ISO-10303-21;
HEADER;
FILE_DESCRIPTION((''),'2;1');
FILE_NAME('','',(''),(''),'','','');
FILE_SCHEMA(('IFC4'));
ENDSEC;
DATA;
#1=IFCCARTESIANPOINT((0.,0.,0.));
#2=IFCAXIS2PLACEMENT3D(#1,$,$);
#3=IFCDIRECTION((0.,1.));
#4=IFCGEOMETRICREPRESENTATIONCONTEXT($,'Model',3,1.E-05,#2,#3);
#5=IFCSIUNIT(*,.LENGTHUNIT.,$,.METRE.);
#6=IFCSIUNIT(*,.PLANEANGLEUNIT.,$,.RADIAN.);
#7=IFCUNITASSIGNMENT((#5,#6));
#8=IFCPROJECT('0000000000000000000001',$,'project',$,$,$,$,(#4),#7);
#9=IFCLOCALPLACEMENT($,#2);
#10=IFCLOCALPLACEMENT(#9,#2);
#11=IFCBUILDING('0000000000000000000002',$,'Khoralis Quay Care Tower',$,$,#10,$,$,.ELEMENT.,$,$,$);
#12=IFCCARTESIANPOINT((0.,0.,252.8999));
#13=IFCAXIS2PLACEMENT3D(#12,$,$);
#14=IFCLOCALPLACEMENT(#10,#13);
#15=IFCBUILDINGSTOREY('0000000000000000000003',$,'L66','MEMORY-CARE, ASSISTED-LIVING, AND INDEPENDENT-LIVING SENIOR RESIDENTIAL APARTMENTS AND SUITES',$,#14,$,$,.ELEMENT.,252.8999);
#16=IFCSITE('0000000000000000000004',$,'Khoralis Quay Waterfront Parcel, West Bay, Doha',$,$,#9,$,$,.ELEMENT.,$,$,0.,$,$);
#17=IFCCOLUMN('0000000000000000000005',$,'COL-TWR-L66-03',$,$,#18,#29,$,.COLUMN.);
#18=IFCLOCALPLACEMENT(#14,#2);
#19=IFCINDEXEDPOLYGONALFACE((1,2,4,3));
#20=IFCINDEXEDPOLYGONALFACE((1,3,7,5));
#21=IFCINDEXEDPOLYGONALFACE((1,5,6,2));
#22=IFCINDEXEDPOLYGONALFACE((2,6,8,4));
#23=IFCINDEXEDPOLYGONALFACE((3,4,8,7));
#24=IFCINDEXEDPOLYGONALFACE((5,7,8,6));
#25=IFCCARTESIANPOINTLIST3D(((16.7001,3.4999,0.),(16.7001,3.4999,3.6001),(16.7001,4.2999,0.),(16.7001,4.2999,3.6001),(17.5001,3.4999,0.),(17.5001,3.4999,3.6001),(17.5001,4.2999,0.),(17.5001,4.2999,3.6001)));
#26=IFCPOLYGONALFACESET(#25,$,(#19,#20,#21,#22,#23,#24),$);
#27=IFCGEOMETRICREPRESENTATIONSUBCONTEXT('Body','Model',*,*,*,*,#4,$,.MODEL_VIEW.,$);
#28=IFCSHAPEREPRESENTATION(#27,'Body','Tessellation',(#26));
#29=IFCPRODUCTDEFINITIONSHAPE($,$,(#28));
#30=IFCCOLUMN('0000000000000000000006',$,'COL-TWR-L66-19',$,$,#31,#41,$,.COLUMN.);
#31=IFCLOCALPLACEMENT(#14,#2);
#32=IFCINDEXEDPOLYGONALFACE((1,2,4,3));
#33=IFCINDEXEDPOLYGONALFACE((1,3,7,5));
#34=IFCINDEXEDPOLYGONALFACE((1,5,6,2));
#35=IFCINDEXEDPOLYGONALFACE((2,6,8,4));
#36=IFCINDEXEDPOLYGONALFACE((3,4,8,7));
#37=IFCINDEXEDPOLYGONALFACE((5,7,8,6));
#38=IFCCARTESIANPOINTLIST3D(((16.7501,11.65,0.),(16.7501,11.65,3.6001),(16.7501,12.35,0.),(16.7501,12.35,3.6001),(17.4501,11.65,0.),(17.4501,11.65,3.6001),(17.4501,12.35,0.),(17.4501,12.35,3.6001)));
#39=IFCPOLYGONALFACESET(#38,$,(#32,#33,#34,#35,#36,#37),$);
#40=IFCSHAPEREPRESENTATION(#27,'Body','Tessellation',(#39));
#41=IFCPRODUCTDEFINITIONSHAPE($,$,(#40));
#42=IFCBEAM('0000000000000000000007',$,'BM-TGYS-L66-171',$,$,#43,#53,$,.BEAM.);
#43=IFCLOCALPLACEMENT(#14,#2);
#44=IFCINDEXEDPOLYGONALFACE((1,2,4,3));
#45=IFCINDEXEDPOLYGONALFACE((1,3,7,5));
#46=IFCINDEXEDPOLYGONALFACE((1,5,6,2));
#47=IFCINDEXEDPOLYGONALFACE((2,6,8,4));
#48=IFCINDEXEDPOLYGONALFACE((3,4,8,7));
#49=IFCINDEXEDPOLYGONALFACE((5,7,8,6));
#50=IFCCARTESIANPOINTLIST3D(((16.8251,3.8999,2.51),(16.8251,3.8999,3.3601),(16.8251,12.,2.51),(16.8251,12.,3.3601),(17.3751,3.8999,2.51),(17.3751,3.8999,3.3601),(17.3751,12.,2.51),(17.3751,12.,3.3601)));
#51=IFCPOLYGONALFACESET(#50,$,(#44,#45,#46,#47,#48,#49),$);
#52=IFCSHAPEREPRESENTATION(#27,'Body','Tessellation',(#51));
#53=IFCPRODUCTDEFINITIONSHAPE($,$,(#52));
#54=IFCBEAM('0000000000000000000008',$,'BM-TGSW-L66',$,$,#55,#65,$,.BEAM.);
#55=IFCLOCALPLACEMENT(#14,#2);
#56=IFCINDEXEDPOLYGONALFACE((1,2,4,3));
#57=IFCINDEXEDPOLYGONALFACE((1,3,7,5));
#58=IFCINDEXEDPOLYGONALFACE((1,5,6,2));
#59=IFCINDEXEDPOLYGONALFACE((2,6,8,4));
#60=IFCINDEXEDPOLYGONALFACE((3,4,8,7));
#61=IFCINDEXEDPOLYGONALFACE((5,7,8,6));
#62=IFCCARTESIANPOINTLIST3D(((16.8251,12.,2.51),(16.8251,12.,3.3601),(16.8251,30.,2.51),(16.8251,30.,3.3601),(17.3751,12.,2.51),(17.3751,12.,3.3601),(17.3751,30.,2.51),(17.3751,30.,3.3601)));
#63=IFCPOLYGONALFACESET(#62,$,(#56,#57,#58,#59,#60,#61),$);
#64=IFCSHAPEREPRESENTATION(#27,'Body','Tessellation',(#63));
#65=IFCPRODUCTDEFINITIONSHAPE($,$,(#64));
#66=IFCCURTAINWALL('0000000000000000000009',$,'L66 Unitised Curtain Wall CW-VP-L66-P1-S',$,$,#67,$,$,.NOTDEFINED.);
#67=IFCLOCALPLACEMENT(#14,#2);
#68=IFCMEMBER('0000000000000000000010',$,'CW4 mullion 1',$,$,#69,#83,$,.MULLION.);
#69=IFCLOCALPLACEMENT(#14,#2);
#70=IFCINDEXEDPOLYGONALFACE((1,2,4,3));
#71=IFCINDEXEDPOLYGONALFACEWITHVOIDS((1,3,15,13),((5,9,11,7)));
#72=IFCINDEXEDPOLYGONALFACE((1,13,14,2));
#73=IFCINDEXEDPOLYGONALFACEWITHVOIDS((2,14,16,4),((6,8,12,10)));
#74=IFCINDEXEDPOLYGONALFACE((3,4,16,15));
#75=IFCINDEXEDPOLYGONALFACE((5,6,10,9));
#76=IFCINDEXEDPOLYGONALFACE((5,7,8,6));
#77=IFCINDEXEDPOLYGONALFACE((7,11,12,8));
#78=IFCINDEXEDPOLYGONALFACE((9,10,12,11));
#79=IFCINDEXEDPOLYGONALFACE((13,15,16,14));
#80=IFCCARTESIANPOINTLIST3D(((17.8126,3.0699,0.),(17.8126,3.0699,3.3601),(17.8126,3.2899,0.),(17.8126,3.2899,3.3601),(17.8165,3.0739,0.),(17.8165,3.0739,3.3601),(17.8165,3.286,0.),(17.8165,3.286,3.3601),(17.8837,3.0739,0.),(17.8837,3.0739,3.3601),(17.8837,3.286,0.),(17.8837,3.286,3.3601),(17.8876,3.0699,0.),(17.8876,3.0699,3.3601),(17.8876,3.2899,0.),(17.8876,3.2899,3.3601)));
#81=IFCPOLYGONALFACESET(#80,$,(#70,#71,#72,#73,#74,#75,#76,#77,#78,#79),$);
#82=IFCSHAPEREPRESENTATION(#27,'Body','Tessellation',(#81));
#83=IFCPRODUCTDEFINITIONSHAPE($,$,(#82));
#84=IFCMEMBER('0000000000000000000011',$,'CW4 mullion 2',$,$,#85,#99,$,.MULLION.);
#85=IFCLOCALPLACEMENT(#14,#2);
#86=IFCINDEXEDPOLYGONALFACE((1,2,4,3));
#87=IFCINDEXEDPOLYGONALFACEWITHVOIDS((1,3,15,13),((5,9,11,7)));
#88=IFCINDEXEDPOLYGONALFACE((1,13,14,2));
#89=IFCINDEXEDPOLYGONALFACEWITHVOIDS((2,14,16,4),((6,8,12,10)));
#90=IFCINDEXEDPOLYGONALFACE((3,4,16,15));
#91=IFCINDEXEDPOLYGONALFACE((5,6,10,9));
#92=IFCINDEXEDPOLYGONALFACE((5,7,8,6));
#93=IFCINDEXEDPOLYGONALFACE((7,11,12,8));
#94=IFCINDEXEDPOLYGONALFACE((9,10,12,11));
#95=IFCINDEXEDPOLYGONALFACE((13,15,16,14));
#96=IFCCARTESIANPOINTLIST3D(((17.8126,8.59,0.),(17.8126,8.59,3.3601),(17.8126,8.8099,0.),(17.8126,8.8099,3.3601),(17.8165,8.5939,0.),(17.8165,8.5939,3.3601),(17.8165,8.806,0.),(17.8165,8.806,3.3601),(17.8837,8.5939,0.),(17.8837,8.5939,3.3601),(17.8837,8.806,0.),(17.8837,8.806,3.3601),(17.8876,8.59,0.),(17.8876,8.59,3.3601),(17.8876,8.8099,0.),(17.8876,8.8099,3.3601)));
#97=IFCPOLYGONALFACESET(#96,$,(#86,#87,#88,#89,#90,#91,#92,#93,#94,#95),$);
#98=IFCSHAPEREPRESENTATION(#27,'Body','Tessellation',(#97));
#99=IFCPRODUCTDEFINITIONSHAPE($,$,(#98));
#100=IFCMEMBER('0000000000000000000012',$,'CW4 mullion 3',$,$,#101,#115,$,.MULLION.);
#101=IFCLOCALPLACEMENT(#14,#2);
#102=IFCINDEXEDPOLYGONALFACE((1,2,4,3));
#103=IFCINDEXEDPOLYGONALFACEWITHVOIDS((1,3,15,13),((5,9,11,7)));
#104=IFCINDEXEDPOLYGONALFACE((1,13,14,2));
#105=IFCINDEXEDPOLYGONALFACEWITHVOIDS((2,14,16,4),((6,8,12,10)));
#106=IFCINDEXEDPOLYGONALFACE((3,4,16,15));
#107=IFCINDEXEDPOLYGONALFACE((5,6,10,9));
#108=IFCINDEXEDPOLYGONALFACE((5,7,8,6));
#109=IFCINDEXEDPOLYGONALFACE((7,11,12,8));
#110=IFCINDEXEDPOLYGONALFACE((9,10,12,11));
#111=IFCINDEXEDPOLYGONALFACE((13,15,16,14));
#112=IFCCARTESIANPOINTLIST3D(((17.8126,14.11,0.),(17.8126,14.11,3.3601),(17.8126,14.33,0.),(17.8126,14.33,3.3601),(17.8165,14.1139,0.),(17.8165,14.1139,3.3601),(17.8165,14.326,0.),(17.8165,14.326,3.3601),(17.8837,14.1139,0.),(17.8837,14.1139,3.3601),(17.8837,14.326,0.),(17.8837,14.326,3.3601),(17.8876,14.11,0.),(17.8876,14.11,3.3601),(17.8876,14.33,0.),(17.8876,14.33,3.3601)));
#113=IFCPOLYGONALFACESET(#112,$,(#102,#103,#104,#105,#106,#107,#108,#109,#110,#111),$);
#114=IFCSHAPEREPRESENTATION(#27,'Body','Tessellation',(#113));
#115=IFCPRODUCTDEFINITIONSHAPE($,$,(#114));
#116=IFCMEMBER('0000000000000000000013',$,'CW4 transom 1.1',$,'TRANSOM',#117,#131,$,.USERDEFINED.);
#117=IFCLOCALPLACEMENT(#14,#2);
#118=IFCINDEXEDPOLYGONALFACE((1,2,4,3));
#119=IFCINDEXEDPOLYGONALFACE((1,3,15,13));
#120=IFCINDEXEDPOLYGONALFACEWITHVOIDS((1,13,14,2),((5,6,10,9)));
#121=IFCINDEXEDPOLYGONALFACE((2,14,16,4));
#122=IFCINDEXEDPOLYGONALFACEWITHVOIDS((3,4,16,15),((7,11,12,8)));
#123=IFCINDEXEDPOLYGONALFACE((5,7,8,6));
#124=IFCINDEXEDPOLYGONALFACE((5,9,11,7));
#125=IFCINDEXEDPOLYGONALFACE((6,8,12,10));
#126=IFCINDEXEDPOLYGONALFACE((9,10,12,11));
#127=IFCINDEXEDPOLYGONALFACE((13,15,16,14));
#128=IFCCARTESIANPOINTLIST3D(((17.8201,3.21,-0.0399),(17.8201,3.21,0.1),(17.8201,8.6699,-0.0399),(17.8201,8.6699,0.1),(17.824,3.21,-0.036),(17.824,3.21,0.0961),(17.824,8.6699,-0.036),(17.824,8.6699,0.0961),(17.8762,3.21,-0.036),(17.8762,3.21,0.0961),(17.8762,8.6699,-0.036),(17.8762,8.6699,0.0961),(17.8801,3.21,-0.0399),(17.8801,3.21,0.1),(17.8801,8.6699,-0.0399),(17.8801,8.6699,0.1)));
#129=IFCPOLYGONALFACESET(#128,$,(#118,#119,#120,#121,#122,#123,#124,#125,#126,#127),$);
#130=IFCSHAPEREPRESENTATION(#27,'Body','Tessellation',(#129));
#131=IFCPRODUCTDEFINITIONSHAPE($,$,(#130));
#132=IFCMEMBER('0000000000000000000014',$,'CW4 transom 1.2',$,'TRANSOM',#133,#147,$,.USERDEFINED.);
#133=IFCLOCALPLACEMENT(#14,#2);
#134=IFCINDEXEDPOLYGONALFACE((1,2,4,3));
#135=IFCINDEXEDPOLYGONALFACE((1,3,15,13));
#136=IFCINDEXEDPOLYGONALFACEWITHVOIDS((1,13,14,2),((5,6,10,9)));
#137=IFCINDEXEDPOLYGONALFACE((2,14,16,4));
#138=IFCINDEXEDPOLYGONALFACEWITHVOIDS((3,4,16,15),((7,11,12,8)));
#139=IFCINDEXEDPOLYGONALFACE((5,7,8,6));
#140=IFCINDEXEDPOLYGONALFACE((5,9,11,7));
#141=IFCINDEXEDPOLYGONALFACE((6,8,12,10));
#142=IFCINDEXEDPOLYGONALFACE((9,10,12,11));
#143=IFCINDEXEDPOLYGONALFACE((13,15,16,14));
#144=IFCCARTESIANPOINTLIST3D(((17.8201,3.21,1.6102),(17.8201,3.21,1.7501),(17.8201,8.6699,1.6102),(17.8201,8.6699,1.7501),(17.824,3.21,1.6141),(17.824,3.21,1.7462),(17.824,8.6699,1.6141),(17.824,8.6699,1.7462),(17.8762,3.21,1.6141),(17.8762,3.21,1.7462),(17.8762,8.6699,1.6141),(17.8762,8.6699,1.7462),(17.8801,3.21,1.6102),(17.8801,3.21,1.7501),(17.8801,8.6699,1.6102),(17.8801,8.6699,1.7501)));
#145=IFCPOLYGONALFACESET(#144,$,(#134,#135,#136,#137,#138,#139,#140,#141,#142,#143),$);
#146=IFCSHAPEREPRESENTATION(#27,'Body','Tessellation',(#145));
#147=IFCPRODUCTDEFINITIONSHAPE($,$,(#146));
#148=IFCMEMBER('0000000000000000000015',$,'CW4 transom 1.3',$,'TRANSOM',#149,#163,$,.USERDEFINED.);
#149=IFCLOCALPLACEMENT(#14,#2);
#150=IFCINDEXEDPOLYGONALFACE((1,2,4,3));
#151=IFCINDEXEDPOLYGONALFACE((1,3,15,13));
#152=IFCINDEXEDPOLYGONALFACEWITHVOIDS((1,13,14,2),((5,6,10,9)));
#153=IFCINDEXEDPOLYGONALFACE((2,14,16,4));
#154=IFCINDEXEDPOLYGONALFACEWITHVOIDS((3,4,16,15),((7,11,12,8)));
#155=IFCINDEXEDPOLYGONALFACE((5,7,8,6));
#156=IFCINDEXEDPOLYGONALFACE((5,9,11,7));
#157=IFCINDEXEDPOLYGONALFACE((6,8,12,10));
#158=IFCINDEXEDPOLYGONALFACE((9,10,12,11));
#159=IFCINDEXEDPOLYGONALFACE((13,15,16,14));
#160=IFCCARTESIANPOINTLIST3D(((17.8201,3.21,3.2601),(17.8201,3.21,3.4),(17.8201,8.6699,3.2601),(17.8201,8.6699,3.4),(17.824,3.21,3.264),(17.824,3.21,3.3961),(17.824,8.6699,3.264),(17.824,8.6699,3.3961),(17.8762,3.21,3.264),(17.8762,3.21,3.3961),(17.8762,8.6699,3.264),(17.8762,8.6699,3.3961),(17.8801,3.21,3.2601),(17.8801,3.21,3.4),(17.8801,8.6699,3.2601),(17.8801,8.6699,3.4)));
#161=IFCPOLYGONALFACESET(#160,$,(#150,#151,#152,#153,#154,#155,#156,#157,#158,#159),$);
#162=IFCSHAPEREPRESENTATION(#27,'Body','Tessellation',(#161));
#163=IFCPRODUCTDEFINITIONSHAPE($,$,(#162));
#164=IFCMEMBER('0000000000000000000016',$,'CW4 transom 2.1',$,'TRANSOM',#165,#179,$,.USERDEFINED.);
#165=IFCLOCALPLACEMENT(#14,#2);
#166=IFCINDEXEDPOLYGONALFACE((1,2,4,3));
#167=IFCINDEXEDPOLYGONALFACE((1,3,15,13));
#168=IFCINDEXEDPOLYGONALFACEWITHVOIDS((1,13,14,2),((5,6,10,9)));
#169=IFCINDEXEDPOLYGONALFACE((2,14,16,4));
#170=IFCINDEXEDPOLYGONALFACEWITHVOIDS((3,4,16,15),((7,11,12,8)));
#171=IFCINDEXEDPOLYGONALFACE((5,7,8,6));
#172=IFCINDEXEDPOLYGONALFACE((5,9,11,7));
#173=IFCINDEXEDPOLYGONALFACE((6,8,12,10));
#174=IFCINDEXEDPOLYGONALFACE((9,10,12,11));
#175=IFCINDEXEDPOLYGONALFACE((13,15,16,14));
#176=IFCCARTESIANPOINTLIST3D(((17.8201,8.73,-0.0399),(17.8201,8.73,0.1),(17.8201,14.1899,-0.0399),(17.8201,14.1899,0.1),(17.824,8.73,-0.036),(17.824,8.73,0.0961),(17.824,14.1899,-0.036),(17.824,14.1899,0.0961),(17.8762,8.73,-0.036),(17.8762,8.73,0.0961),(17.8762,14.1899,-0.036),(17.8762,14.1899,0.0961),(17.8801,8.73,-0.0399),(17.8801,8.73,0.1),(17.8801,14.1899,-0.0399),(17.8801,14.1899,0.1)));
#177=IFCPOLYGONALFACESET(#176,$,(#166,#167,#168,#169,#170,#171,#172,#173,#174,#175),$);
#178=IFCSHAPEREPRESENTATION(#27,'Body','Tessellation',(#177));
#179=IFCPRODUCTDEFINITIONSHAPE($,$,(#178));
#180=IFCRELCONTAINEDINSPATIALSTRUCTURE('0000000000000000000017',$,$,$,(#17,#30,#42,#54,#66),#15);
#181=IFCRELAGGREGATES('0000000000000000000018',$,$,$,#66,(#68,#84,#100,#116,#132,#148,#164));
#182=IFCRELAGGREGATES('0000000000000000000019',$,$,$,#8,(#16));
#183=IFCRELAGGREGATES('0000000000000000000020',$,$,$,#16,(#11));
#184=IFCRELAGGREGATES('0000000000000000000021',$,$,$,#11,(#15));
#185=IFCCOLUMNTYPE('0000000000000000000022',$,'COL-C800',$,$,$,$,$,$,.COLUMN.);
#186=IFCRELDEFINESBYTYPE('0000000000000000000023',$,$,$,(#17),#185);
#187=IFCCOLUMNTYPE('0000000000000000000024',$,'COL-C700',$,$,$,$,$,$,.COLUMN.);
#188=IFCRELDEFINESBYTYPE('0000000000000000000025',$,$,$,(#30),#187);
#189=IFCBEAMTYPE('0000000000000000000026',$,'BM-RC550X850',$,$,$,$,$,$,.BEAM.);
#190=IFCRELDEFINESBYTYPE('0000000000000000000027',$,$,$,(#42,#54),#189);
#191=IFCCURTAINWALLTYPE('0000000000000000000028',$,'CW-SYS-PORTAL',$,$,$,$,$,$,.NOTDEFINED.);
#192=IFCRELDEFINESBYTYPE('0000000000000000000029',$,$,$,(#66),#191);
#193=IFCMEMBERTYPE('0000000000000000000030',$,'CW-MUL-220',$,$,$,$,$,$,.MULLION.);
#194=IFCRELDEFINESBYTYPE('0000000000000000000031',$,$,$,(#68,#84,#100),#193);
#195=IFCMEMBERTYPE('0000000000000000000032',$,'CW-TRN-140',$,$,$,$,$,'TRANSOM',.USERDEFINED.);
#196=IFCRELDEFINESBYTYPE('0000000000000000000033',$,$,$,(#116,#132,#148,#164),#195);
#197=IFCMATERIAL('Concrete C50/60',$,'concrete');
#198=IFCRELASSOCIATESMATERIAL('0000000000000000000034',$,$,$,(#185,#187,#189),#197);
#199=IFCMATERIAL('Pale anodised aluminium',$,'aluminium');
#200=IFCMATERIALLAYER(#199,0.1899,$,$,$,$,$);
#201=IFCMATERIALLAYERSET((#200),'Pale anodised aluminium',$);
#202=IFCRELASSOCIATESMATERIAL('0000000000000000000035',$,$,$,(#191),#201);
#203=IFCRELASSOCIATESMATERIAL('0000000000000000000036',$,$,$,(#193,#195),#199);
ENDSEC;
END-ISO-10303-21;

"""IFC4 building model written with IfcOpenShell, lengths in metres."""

from ifc_helpers import new_model, si_unit, direction, frame, origin, origin_2d, place, context, subcontext, project, spatial, rectangle, hollow_rectangle, extrude, source, transform, mapped, material, layer, layer_set, material_profile, profile_set, type_object, element, aggregate, save


model = new_model("IFC4")

# Units and contexts
model_context = context("Model", 3, precision=1e-05, world=origin(), true_north=direction((0.0, 1.0)))
body_context = subcontext(model_context, "Body", "Model", "MODEL_VIEW")
ifc_project = project(units=[si_unit("LENGTHUNIT", "METRE"), si_unit("PLANEANGLEUNIT", "RADIAN")], contexts=[model_context])

# Site, building, storey
site_placement = place(None, origin())
site = spatial("IfcSite", under=ifc_project, at=site_placement, Name="Khoralis Quay Waterfront Parcel, West Bay, Doha", CompositionType="ELEMENT", RefElevation=0.0)
building_placement = place(site_placement, origin())
building = spatial("IfcBuilding", under=site, at=building_placement, Name="Khoralis Quay Care Tower", CompositionType="ELEMENT")
storey_placement = place(building_placement, frame((0.0, 0.0, 252.8999)))
storey = spatial("IfcBuildingStorey", under=building, at=storey_placement, Name="L66", Description="MEMORY-CARE, ASSISTED-LIVING, AND INDEPENDENT-LIVING SENIOR RESIDENTIAL APARTMENTS AND SUITES", CompositionType="ELEMENT", Elevation=252.8999)

# Columns
ifc_material_1 = material(Name="Concrete C50/60", Category="concrete")
ifc_material_profile_1 = material_profile(ifc_material_1, rectangle(XDim=0.8, YDim=0.8, at=origin_2d()), Name="Concrete C50/60")
ifc_profile_set_1 = profile_set([ifc_material_profile_1], Name="Concrete C50/60")
column_type_1 = type_object("IfcColumnType", Name="COL-C800", PredefinedType="COLUMN", material=ifc_profile_set_1)
shared_shape_1 = source(origin(), body_context, "Body", "SweptSolid", [
    extrude(rectangle(XDim=0.8, YDim=0.8, at=origin_2d()), origin(), (0.0, 0.0, 1.0), 3.6001),
])
column_1_placement = place(storey_placement, frame((17.1001, 3.8999, 0.0), z_axis=(0.0, 0.0, 1.0), x_axis=(1.0, 0.0, 0.0)))
element("IfcColumn", 1, at=column_1_placement, inside=storey, type_object=column_type_1, Name="COL-TWR-L66-03", PredefinedType="COLUMN", context=body_context, shape_type="MappedRepresentation", body=[
    mapped(shared_shape_1, transform((0.0, 0.0, 0.0), scale=1.0)),
])
ifc_material_profile_2 = material_profile(ifc_material_1, rectangle(XDim=0.7, YDim=0.7, at=origin_2d()), Name="Concrete C50/60")
ifc_profile_set_2 = profile_set([ifc_material_profile_2], Name="Concrete C50/60")
column_type_2 = type_object("IfcColumnType", Name="COL-C700", PredefinedType="COLUMN", material=ifc_profile_set_2)
shared_shape_2 = source(origin(), body_context, "Body", "SweptSolid", [
    extrude(rectangle(XDim=0.7, YDim=0.7, at=origin_2d()), origin(), (0.0, 0.0, 1.0), 3.6001),
])
column_2_placement = place(storey_placement, frame((17.1001, 12.0, 0.0), z_axis=(0.0, 0.0, 1.0), x_axis=(1.0, 0.0, 0.0)))
element("IfcColumn", 2, at=column_2_placement, inside=storey, type_object=column_type_2, Name="COL-TWR-L66-19", PredefinedType="COLUMN", context=body_context, shape_type="MappedRepresentation", body=[
    mapped(shared_shape_2, transform((0.0, 0.0, 0.0), scale=1.0)),
])

# Beams
ifc_material_profile_3 = material_profile(ifc_material_1, rectangle(XDim=0.55, YDim=0.8501, at=origin_2d()), Name="Concrete C50/60")
ifc_profile_set_3 = profile_set([ifc_material_profile_3], Name="Concrete C50/60")
beam_type = type_object("IfcBeamType", Name="BM-RC550X850", PredefinedType="BEAM", material=ifc_profile_set_3)
shared_shape_3 = source(origin(), body_context, "Body", "SweptSolid", [
    extrude(rectangle(XDim=0.55, YDim=0.8501, at=origin_2d()), origin(), (0.0, 0.0, 1.0), 8.1001),
])
beam_1_placement = place(storey_placement, frame((17.1001, 3.8999, 2.9351), z_axis=(0.0, 1.0, 0.0), x_axis=(-1.0, 0.0, 0.0)))
element("IfcBeam", 3, at=beam_1_placement, inside=storey, type_object=beam_type, Name="BM-TGYS-L66-171", PredefinedType="BEAM", context=body_context, shape_type="MappedRepresentation", body=[
    mapped(shared_shape_3, transform((0.0, 0.0, 0.0), scale=1.0)),
])
shared_shape_4 = source(origin(), body_context, "Body", "SweptSolid", [
    extrude(rectangle(XDim=0.55, YDim=0.8501, at=origin_2d()), origin(), (0.0, 0.0, 1.0), 18.0),
])
beam_2_placement = place(storey_placement, frame((17.1001, 12.0, 2.9351), z_axis=(0.0, 1.0, 0.0), x_axis=(-1.0, 0.0, 0.0)))
element("IfcBeam", 4, at=beam_2_placement, inside=storey, type_object=beam_type, Name="BM-TGSW-L66", PredefinedType="BEAM", context=body_context, shape_type="MappedRepresentation", body=[
    mapped(shared_shape_4, transform((0.0, 0.0, 0.0), scale=1.0)),
])

# Curtain wall, members
ifc_material_2 = material(Name="Pale anodised aluminium", Category="aluminium")
ifc_layer_1 = layer(ifc_material_2, 0.1899)
ifc_layer_set_1 = layer_set([ifc_layer_1], Name="Pale anodised aluminium")
curtain_wall_type = type_object("IfcCurtainWallType", Name="CW-SYS-PORTAL", PredefinedType="NOTDEFINED", material=ifc_layer_set_1)
curtain_wall_placement = place(storey_placement, origin())
curtain_wall = element("IfcCurtainWall", 5, at=curtain_wall_placement, inside=storey, type_object=curtain_wall_type, Name="L66 Unitised Curtain Wall CW-VP-L66-P1-S", PredefinedType="NOTDEFINED")
ifc_material_profile_4 = material_profile(ifc_material_2, hollow_rectangle(XDim=0.075, YDim=0.22, WallThickness=0.0039, at=origin_2d()), Name="Pale anodised aluminium")
ifc_profile_set_4 = profile_set([ifc_material_profile_4], Name="Pale anodised aluminium")
member_type_1 = type_object("IfcMemberType", Name="CW-MUL-220", PredefinedType="MULLION", material=ifc_profile_set_4)
shared_shape_5 = source(origin(), body_context, "Body", "SweptSolid", [
    extrude(hollow_rectangle(XDim=0.075, YDim=0.22, WallThickness=0.0039, at=origin_2d()), origin(), (0.0, 0.0, 1.0), 3.3601),
])
member_1_placement = place(storey_placement, frame((17.8501, 3.1799, 0.0), z_axis=(0.0, 0.0, 1.0), x_axis=(-1.0, 0.0, 0.0)))
member_1 = element("IfcMember", 6, at=member_1_placement, type_object=member_type_1, Name="CW4 mullion 1", PredefinedType="MULLION", context=body_context, shape_type="MappedRepresentation", body=[
    mapped(shared_shape_5, transform((0.0, 0.0, 0.0), scale=1.0)),
])
member_2_placement = place(storey_placement, frame((17.8501, 8.7, 0.0), z_axis=(0.0, 0.0, 1.0), x_axis=(-1.0, 0.0, 0.0)))
member_2 = element("IfcMember", 7, at=member_2_placement, type_object=member_type_1, Name="CW4 mullion 2", PredefinedType="MULLION", context=body_context, shape_type="MappedRepresentation", body=[
    mapped(shared_shape_5, transform((0.0, 0.0, 0.0), scale=1.0)),
])
member_3_placement = place(storey_placement, frame((17.8501, 14.22, 0.0), z_axis=(0.0, 0.0, 1.0), x_axis=(-1.0, 0.0, 0.0)))
member_3 = element("IfcMember", 8, at=member_3_placement, type_object=member_type_1, Name="CW4 mullion 3", PredefinedType="MULLION", context=body_context, shape_type="MappedRepresentation", body=[
    mapped(shared_shape_5, transform((0.0, 0.0, 0.0), scale=1.0)),
])
ifc_material_profile_5 = material_profile(ifc_material_2, hollow_rectangle(XDim=0.0601, YDim=0.1399, WallThickness=0.0039, at=origin_2d()), Name="Pale anodised aluminium")
ifc_profile_set_5 = profile_set([ifc_material_profile_5], Name="Pale anodised aluminium")
member_type_2 = type_object("IfcMemberType", Name="CW-TRN-140", ElementType="TRANSOM", PredefinedType="USERDEFINED", material=ifc_profile_set_5)
shared_shape_6 = source(origin(), body_context, "Body", "SweptSolid", [
    extrude(hollow_rectangle(XDim=0.0601, YDim=0.1399, WallThickness=0.0039, at=origin_2d()), origin(), (0.0, 0.0, 1.0), 5.46),
])
member_4_placement = place(storey_placement, frame((17.8501, 3.21, 0.03), z_axis=(0.0, 1.0, 0.0), x_axis=(-1.0, 0.0, 0.0)))
member_4 = element("IfcMember", 9, at=member_4_placement, type_object=member_type_2, Name="CW4 transom 1.1", ObjectType="TRANSOM", PredefinedType="USERDEFINED", context=body_context, shape_type="MappedRepresentation", body=[
    mapped(shared_shape_6, transform((0.0, 0.0, 0.0), scale=1.0)),
])
member_5_placement = place(storey_placement, frame((17.8501, 3.21, 1.6802), z_axis=(0.0, 1.0, 0.0), x_axis=(-1.0, 0.0, 0.0)))
member_5 = element("IfcMember", 10, at=member_5_placement, type_object=member_type_2, Name="CW4 transom 1.2", ObjectType="TRANSOM", PredefinedType="USERDEFINED", context=body_context, shape_type="MappedRepresentation", body=[
    mapped(shared_shape_6, transform((0.0, 0.0, 0.0), scale=1.0)),
])
member_6_placement = place(storey_placement, frame((17.8501, 3.21, 3.3301), z_axis=(0.0, 1.0, 0.0), x_axis=(-1.0, 0.0, 0.0)))
member_6 = element("IfcMember", 11, at=member_6_placement, type_object=member_type_2, Name="CW4 transom 1.3", ObjectType="TRANSOM", PredefinedType="USERDEFINED", context=body_context, shape_type="MappedRepresentation", body=[
    mapped(shared_shape_6, transform((0.0, 0.0, 0.0), scale=1.0)),
])
member_7_placement = place(storey_placement, frame((17.8501, 8.73, 0.03), z_axis=(0.0, 1.0, 0.0), x_axis=(-1.0, 0.0, 0.0)))
member_7 = element("IfcMember", 12, at=member_7_placement, type_object=member_type_2, Name="CW4 transom 2.1", ObjectType="TRANSOM", PredefinedType="USERDEFINED", context=body_context, shape_type="MappedRepresentation", body=[
    mapped(shared_shape_6, transform((0.0, 0.0, 0.0), scale=1.0)),
])
aggregate(curtain_wall, [member_1, member_2, member_3, member_4, member_5, member_6, member_7])

save(model, "model.ifc")
